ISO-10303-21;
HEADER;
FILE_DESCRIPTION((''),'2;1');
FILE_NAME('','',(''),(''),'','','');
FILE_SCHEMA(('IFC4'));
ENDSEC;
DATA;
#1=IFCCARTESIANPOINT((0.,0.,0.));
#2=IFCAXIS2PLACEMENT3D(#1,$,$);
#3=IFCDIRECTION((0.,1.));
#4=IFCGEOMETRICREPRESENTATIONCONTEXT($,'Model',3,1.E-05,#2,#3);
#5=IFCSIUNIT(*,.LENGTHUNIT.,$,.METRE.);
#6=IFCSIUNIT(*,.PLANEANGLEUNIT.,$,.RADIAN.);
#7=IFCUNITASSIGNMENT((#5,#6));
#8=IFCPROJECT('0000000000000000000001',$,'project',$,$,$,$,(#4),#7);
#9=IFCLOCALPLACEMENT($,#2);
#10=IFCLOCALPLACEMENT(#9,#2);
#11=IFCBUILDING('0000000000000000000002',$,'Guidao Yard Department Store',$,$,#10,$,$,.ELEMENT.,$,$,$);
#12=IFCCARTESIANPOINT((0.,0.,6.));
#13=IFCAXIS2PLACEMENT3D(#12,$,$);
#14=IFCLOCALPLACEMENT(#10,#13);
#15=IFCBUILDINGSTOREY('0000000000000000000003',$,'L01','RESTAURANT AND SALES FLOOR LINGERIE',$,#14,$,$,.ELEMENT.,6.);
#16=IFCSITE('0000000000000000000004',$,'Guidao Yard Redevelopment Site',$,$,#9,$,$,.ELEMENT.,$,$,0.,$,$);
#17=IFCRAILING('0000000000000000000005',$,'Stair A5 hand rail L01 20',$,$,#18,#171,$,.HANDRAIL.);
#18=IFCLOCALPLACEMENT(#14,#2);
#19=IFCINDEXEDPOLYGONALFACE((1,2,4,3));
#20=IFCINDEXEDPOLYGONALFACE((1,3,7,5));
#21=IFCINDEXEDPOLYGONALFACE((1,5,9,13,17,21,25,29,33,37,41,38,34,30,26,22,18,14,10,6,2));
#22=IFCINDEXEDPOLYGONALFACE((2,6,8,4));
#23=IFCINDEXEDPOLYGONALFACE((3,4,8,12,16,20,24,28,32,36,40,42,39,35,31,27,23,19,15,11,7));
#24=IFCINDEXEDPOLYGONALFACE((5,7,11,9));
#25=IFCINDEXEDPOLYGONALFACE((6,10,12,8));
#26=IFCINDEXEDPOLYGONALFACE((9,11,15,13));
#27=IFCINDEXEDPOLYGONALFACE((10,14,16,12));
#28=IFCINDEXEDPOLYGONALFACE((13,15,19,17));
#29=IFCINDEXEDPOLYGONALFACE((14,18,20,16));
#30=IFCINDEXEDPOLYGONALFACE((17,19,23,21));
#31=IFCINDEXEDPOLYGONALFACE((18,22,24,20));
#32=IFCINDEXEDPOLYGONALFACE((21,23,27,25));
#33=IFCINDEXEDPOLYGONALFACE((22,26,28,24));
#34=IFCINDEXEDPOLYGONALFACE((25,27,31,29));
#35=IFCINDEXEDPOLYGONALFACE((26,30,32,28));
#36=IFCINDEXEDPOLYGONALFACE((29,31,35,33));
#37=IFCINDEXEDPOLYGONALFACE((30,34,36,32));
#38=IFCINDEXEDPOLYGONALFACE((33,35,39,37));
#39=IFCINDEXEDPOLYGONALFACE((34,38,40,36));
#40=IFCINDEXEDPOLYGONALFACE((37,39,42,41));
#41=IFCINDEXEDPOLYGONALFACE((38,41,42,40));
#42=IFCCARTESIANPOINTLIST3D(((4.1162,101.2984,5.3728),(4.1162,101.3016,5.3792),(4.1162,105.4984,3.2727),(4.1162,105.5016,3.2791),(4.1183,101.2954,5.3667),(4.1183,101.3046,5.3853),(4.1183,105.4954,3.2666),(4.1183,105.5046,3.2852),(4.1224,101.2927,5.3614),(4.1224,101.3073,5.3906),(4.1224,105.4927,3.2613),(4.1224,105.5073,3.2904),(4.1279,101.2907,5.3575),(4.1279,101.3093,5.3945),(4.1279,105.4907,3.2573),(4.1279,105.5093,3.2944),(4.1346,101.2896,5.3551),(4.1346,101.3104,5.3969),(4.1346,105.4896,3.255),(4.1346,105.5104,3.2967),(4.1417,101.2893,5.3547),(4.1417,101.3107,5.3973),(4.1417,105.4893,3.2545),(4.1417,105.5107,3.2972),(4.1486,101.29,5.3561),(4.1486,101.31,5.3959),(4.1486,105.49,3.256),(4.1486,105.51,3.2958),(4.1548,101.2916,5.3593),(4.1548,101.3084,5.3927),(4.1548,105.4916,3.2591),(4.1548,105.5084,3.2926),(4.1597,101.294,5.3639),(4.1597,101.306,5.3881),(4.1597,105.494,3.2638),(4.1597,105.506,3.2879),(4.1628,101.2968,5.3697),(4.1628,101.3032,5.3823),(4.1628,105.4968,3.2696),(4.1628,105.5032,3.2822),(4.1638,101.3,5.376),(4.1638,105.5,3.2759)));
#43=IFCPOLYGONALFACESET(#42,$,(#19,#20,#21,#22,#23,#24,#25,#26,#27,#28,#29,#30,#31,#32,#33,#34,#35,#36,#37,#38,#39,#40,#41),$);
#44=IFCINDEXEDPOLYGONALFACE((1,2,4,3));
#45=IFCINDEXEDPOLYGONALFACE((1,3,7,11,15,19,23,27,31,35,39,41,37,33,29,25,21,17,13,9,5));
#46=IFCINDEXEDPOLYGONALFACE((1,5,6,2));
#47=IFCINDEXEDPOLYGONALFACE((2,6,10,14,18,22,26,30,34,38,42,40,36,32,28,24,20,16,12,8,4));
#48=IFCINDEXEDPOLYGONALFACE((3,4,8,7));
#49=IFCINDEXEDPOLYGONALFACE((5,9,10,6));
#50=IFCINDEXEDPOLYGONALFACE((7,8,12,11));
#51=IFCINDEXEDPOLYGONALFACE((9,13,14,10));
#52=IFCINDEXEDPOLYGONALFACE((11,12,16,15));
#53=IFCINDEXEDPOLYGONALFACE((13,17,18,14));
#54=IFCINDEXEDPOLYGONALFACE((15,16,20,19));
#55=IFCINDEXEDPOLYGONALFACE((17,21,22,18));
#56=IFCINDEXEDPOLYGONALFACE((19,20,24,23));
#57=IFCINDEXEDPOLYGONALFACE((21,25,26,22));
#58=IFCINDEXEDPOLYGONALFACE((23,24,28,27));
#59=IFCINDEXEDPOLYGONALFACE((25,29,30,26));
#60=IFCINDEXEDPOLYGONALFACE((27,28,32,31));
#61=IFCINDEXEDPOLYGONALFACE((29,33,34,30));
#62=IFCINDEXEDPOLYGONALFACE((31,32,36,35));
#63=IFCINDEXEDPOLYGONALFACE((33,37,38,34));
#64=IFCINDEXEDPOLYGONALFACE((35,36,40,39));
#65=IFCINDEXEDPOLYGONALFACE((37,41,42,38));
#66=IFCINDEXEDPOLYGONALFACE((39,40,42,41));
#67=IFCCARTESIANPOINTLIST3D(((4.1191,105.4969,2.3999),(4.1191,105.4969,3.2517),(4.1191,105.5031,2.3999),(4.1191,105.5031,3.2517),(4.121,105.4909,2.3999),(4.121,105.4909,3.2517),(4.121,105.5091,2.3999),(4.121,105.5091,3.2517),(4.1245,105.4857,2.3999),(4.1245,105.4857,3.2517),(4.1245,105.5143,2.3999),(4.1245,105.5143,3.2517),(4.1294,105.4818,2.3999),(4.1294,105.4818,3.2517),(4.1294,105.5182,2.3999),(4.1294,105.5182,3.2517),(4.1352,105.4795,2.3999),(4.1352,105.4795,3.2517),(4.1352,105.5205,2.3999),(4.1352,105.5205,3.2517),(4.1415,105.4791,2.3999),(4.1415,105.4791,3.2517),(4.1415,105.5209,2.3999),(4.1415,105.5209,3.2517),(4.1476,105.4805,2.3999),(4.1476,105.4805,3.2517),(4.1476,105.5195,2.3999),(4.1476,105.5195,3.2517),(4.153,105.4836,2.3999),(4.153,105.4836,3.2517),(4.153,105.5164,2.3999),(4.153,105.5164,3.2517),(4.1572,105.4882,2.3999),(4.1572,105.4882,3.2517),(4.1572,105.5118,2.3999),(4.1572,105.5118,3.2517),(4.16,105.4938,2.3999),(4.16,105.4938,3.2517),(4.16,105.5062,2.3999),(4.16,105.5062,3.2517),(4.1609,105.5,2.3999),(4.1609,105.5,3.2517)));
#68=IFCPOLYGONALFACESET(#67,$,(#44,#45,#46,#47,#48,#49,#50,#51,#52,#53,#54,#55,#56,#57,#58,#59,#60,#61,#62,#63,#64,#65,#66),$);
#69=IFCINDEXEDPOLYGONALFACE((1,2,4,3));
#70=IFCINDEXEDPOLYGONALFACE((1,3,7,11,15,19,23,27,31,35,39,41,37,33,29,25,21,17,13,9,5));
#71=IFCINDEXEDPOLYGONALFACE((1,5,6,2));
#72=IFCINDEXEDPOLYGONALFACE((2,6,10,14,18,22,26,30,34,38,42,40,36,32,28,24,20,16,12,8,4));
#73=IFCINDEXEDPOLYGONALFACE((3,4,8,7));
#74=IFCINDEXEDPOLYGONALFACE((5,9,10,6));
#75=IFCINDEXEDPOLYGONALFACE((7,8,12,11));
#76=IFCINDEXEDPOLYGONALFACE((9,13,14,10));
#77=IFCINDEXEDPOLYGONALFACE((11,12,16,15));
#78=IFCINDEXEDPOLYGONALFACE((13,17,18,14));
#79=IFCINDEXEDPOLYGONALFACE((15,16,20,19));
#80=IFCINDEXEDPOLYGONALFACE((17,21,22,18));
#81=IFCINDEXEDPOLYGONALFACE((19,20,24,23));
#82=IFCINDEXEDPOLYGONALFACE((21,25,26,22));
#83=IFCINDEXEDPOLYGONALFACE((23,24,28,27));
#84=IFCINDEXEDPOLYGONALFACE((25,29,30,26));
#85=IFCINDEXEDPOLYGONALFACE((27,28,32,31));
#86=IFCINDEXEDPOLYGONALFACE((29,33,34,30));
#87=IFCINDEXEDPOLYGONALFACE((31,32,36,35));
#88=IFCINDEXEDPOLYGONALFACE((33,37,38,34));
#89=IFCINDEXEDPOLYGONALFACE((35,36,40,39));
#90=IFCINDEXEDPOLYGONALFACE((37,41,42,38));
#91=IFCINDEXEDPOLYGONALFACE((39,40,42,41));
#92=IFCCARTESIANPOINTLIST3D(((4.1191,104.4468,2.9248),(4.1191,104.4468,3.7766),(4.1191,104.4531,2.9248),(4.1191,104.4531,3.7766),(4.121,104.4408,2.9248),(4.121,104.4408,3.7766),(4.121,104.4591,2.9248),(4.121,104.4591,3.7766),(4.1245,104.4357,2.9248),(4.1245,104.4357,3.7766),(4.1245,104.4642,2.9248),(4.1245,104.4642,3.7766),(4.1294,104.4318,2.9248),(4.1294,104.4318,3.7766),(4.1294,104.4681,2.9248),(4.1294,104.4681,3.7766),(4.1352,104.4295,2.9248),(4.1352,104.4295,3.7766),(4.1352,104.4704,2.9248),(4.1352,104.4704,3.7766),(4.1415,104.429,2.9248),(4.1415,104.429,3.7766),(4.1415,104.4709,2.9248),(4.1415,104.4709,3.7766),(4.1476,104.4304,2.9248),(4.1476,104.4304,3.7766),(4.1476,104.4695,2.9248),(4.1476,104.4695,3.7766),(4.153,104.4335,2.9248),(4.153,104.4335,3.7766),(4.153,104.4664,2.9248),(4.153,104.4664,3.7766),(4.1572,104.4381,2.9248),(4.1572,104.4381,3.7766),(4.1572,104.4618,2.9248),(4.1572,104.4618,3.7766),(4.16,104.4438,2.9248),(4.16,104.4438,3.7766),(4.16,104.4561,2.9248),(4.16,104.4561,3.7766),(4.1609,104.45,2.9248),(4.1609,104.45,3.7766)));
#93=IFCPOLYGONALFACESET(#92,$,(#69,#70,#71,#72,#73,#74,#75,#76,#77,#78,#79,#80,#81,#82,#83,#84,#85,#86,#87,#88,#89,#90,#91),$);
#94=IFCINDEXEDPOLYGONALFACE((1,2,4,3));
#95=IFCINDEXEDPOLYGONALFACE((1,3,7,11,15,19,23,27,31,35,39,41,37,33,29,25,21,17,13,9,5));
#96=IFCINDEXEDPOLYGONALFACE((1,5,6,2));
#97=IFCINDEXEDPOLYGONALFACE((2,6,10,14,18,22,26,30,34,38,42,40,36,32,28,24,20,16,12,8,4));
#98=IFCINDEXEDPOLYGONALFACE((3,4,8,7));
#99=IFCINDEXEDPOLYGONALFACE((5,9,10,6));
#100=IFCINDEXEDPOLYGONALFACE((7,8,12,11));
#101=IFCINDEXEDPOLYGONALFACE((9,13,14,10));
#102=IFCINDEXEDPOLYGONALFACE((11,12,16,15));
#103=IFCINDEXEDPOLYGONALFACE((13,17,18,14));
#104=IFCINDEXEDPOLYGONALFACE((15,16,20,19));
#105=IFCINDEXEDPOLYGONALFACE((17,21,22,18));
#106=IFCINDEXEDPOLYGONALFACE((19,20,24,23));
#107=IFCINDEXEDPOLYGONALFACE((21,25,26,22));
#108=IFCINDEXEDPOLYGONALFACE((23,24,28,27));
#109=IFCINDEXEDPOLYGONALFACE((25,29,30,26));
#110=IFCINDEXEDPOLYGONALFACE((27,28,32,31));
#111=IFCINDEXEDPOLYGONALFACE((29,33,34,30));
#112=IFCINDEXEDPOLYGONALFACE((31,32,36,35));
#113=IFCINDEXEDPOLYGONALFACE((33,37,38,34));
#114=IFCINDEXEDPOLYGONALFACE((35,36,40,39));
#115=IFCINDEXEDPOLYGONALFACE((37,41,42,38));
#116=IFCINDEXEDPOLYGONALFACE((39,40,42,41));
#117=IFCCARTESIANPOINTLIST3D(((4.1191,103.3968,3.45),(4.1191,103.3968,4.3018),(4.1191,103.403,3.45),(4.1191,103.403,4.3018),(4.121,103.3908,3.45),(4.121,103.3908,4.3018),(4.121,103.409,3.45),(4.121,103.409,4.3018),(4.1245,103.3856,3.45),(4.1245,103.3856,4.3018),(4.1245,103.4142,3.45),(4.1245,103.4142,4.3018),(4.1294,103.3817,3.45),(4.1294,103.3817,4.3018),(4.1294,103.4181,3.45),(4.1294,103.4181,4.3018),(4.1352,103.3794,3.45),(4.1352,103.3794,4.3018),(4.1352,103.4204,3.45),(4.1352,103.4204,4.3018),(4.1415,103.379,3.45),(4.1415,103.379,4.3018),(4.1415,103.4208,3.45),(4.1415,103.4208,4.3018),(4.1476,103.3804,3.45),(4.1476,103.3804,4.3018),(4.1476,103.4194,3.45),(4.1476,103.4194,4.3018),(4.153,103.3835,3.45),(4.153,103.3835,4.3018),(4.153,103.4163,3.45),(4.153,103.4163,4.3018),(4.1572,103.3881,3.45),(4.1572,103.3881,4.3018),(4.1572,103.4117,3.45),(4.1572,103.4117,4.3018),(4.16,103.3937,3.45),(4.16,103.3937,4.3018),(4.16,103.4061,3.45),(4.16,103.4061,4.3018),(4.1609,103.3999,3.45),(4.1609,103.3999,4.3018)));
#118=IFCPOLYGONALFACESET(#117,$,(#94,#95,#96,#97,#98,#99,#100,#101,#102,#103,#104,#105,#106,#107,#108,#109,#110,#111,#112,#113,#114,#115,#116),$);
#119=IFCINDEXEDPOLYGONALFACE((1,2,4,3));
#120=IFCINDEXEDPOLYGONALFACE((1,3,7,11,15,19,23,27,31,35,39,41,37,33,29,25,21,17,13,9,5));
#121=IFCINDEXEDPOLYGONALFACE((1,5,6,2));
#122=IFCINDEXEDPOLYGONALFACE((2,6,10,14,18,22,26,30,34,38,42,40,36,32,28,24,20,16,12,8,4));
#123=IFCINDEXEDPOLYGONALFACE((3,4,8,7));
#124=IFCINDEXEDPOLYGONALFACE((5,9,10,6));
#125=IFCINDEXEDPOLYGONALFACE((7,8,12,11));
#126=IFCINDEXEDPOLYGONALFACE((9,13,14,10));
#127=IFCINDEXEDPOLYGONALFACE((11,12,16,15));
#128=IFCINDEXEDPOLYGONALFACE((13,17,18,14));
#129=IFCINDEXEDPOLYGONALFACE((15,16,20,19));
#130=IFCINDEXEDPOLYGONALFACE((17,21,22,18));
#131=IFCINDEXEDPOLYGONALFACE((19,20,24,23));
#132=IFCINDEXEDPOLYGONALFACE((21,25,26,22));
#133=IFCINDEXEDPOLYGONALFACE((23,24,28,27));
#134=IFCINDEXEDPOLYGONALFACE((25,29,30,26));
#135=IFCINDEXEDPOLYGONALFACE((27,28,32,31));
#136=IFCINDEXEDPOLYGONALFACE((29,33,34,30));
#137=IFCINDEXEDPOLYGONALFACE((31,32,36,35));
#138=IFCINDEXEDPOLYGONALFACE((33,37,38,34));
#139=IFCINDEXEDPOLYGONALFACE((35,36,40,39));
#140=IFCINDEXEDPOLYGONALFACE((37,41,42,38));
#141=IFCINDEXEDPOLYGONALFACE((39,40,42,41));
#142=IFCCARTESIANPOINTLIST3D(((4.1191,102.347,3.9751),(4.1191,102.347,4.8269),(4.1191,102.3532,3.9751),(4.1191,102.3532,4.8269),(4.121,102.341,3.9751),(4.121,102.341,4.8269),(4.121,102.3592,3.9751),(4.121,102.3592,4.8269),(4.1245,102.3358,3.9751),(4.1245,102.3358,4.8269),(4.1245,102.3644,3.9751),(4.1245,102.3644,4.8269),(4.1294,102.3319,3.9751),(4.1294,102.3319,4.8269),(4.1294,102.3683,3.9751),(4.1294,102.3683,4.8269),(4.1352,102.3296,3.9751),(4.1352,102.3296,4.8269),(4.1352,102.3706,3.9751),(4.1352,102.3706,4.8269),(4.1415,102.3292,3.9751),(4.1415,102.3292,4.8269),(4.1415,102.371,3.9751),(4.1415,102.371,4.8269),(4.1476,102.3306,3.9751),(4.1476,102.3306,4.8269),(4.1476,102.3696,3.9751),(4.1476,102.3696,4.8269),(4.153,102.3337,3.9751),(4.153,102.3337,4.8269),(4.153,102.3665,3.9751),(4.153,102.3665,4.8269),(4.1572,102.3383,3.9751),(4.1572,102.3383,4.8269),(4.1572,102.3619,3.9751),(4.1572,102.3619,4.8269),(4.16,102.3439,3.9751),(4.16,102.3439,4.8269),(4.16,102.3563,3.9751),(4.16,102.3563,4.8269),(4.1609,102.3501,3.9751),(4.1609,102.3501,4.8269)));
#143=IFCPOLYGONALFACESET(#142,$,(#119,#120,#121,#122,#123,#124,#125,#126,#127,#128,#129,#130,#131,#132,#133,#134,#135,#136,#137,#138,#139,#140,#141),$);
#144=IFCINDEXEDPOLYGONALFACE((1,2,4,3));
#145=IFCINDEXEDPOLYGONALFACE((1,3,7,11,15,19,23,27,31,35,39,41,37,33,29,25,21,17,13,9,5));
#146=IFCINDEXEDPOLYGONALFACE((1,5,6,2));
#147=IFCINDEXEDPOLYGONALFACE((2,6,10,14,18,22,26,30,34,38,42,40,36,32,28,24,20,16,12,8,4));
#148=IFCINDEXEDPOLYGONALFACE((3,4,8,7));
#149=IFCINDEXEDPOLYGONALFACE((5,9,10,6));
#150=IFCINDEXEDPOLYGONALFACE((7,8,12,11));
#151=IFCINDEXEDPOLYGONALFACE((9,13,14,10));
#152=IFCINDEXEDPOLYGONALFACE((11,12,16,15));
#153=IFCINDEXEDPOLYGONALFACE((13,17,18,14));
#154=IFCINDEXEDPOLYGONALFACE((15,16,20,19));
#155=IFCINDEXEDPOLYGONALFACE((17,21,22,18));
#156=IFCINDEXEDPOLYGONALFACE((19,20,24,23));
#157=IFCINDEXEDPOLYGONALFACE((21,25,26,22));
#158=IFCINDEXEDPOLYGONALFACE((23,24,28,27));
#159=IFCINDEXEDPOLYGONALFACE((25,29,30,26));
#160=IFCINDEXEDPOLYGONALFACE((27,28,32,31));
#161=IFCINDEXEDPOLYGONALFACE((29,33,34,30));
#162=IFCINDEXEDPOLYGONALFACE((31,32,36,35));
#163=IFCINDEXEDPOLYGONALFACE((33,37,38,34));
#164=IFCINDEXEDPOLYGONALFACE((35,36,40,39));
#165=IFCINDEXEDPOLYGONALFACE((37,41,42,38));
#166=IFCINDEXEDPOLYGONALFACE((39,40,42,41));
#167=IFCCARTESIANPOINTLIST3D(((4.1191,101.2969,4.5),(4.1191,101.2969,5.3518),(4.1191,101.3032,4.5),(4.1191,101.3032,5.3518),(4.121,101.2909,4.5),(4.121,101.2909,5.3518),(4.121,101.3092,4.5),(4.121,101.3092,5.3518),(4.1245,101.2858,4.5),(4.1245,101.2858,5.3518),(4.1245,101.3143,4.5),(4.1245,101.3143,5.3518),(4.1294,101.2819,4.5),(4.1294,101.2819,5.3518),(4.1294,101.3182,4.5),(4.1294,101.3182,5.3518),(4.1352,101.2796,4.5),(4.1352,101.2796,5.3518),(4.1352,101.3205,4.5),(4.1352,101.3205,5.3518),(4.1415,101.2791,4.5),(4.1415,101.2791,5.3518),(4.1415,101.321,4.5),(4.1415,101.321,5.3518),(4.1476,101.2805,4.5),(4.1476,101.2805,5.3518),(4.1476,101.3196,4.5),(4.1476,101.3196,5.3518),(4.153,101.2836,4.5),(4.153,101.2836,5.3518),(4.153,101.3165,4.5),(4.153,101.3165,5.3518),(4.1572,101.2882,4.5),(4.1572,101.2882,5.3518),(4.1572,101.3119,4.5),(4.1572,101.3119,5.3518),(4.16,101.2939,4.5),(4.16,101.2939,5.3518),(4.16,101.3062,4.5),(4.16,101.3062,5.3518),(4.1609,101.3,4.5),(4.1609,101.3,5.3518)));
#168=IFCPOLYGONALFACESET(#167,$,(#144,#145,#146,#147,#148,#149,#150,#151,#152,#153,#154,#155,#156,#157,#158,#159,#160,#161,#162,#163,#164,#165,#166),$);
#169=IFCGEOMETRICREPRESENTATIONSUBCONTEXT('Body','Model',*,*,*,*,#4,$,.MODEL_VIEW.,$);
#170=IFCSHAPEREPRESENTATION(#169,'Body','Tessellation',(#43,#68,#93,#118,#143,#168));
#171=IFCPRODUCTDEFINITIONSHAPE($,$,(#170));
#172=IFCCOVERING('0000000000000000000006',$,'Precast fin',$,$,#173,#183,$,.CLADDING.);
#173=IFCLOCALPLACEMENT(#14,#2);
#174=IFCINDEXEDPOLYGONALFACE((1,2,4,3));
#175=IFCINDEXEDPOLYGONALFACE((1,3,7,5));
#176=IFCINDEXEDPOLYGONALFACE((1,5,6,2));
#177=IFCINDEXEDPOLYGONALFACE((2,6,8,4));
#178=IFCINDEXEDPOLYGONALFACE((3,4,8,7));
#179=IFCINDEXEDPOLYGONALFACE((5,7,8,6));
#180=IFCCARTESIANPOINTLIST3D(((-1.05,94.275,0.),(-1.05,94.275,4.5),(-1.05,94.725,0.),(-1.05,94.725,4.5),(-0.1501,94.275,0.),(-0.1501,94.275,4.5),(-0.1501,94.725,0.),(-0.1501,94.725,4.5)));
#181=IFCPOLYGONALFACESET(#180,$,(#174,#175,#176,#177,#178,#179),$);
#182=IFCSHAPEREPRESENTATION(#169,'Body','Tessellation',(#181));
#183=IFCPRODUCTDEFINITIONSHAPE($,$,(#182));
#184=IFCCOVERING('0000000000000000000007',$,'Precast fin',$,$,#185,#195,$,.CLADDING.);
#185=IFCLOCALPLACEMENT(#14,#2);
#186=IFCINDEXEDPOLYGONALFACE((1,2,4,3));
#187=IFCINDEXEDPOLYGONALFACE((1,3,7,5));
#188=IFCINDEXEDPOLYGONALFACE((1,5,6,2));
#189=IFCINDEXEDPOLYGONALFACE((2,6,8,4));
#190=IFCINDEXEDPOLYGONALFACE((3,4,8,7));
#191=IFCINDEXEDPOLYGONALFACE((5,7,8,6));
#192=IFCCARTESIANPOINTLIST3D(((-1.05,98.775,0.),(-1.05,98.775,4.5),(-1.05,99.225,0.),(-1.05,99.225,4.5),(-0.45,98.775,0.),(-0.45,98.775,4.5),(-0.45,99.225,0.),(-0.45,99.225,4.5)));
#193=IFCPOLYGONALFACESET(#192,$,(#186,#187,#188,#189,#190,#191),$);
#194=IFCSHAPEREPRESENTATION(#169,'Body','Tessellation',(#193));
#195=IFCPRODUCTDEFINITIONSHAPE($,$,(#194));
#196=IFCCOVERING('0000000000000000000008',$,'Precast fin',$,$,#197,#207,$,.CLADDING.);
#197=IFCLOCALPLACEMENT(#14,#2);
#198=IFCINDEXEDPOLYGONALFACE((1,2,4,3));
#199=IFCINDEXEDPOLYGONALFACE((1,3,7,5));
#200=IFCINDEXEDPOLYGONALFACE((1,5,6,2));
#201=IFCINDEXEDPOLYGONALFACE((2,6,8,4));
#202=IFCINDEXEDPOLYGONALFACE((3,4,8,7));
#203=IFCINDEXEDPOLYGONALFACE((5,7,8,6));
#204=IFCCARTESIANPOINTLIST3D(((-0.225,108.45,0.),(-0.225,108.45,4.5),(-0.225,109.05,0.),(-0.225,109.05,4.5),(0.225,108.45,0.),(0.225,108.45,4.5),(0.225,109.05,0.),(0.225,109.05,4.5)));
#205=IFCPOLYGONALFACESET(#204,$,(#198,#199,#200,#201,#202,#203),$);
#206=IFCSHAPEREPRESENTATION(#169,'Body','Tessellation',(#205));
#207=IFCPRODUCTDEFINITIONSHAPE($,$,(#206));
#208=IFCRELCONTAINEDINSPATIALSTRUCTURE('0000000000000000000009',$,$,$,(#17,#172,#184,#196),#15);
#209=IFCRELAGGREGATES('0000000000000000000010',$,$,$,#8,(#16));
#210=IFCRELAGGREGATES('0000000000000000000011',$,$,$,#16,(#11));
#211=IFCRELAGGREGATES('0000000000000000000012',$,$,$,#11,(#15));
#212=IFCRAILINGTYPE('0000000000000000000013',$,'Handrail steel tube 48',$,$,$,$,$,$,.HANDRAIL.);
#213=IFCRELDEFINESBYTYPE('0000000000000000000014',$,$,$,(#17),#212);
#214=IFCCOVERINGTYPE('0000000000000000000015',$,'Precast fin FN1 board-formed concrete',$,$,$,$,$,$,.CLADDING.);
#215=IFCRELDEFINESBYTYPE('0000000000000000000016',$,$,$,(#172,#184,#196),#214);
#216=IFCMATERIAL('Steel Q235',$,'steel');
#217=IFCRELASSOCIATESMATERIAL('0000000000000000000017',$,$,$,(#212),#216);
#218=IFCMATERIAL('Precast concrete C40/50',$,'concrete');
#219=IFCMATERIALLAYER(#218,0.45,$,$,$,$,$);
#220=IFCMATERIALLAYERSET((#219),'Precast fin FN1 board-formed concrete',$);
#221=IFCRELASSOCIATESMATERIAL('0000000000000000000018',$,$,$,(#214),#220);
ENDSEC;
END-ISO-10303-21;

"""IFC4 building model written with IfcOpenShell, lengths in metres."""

from ifc_helpers import new_model, si_unit, direction, frame, origin, origin_2d, place, context, subcontext, project, spatial, rectangle, circle, extrude, material, layer, layer_set, type_object, element, save


model = new_model("IFC4")

# Units and contexts
model_context = context("Model", 3, precision=1e-05, world=origin(), true_north=direction((0.0, 1.0)))
body_context = subcontext(model_context, "Body", "Model", "MODEL_VIEW")
ifc_project = project(units=[si_unit("LENGTHUNIT", "METRE"), si_unit("PLANEANGLEUNIT", "RADIAN")], contexts=[model_context])

# Site, building, storey
site_placement = place(None, origin())
site = spatial("IfcSite", under=ifc_project, at=site_placement, Name="Guidao Yard Redevelopment Site", CompositionType="ELEMENT", RefElevation=0.0)
building_placement = place(site_placement, origin())
building = spatial("IfcBuilding", under=site, at=building_placement, Name="Guidao Yard Department Store", CompositionType="ELEMENT")
storey_placement = place(building_placement, frame((0.0, 0.0, 6.0)))
storey = spatial("IfcBuildingStorey", under=building, at=storey_placement, Name="L01", Description="RESTAURANT AND SALES FLOOR LINGERIE", CompositionType="ELEMENT", Elevation=6.0)

# Railing
ifc_material_1 = material(Name="Steel Q235", Category="steel")
railing_type_1 = type_object("IfcRailingType", Name="Handrail steel tube 48", PredefinedType="HANDRAIL", material=ifc_material_1)
for number, where, name in (
    (1, (4.1399, 105.5, 2.3999), "Stair A5 hand rail L01 20"),
):
    element("IfcRailing", number, at=place(storey_placement, frame(where)), inside=storey, type_object=railing_type_1, Name=name, PredefinedType="HANDRAIL", context=body_context, shape_type="SweptSolid", body=[
        extrude(circle(Radius=0.0239, at=origin_2d()), frame((0.0, 0.0, 0.876), z_axis=(0.0, -0.894417, 0.447234), x_axis=(1.0, 0.0, 0.0)), (0.0, 0.0, 1.0), 4.6958),
        extrude(circle(Radius=0.021, at=origin_2d()), origin(), (0.0, 0.0, 1.0), 0.8518),
        extrude(circle(Radius=0.021, at=origin_2d()), frame((0.0, -1.05, 0.5249)), (0.0, 0.0, 1.0), 0.8518),
        extrude(circle(Radius=0.021, at=origin_2d()), frame((0.0, -2.1001, 1.05)), (0.0, 0.0, 1.0), 0.8518),
        extrude(circle(Radius=0.021, at=origin_2d()), frame((0.0, -3.1499, 1.5752)), (0.0, 0.0, 1.0), 0.8518),
        extrude(circle(Radius=0.021, at=origin_2d()), frame((0.0, -4.2, 2.1001)), (0.0, 0.0, 1.0), 0.8518),
    ])

# Coverings
ifc_material_2 = material(Name="Precast concrete C40/50", Category="concrete")
ifc_layer_1 = layer(ifc_material_2, 0.45)
ifc_layer_set_1 = layer_set([ifc_layer_1], Name="Precast fin FN1 board-formed concrete")
covering_type = type_object("IfcCoveringType", Name="Precast fin FN1 board-formed concrete", PredefinedType="CLADDING", material=ifc_layer_set_1)
covering_1_placement = place(storey_placement, frame((-0.6001, 94.5, 0.0), z_axis=(0.0, 0.0, 1.0), x_axis=(0.0, 1.0, 0.0)))
element("IfcCovering", 2, at=covering_1_placement, inside=storey, type_object=covering_type, Name="Precast fin", PredefinedType="CLADDING", context=body_context, shape_type="SweptSolid", body=[
    extrude(rectangle(XDim=0.45, YDim=0.8999, at=origin_2d()), origin(), (0.0, 0.0, 1.0), 4.5),
])
for number, where, z_axis, x_axis, name in (
    (3, (-0.75, 99.0, 0.0), (0.0, 0.0, 1.0), (0.0, 1.0, 0.0), "Precast fin"),
    (4, (0.0, 108.75, 0.0), (0.0, 0.0, 1.0), (1.0, 0.0, 0.0), "Precast fin"),
):
    element("IfcCovering", number, at=place(storey_placement, frame(where, z_axis=z_axis, x_axis=x_axis)), inside=storey, type_object=covering_type, Name=name, PredefinedType="CLADDING", context=body_context, shape_type="SweptSolid", body=[
        extrude(rectangle(XDim=0.45, YDim=0.6001, at=origin_2d()), origin(), (0.0, 0.0, 1.0), 4.5),
    ])

save(model, "model.ifc")
